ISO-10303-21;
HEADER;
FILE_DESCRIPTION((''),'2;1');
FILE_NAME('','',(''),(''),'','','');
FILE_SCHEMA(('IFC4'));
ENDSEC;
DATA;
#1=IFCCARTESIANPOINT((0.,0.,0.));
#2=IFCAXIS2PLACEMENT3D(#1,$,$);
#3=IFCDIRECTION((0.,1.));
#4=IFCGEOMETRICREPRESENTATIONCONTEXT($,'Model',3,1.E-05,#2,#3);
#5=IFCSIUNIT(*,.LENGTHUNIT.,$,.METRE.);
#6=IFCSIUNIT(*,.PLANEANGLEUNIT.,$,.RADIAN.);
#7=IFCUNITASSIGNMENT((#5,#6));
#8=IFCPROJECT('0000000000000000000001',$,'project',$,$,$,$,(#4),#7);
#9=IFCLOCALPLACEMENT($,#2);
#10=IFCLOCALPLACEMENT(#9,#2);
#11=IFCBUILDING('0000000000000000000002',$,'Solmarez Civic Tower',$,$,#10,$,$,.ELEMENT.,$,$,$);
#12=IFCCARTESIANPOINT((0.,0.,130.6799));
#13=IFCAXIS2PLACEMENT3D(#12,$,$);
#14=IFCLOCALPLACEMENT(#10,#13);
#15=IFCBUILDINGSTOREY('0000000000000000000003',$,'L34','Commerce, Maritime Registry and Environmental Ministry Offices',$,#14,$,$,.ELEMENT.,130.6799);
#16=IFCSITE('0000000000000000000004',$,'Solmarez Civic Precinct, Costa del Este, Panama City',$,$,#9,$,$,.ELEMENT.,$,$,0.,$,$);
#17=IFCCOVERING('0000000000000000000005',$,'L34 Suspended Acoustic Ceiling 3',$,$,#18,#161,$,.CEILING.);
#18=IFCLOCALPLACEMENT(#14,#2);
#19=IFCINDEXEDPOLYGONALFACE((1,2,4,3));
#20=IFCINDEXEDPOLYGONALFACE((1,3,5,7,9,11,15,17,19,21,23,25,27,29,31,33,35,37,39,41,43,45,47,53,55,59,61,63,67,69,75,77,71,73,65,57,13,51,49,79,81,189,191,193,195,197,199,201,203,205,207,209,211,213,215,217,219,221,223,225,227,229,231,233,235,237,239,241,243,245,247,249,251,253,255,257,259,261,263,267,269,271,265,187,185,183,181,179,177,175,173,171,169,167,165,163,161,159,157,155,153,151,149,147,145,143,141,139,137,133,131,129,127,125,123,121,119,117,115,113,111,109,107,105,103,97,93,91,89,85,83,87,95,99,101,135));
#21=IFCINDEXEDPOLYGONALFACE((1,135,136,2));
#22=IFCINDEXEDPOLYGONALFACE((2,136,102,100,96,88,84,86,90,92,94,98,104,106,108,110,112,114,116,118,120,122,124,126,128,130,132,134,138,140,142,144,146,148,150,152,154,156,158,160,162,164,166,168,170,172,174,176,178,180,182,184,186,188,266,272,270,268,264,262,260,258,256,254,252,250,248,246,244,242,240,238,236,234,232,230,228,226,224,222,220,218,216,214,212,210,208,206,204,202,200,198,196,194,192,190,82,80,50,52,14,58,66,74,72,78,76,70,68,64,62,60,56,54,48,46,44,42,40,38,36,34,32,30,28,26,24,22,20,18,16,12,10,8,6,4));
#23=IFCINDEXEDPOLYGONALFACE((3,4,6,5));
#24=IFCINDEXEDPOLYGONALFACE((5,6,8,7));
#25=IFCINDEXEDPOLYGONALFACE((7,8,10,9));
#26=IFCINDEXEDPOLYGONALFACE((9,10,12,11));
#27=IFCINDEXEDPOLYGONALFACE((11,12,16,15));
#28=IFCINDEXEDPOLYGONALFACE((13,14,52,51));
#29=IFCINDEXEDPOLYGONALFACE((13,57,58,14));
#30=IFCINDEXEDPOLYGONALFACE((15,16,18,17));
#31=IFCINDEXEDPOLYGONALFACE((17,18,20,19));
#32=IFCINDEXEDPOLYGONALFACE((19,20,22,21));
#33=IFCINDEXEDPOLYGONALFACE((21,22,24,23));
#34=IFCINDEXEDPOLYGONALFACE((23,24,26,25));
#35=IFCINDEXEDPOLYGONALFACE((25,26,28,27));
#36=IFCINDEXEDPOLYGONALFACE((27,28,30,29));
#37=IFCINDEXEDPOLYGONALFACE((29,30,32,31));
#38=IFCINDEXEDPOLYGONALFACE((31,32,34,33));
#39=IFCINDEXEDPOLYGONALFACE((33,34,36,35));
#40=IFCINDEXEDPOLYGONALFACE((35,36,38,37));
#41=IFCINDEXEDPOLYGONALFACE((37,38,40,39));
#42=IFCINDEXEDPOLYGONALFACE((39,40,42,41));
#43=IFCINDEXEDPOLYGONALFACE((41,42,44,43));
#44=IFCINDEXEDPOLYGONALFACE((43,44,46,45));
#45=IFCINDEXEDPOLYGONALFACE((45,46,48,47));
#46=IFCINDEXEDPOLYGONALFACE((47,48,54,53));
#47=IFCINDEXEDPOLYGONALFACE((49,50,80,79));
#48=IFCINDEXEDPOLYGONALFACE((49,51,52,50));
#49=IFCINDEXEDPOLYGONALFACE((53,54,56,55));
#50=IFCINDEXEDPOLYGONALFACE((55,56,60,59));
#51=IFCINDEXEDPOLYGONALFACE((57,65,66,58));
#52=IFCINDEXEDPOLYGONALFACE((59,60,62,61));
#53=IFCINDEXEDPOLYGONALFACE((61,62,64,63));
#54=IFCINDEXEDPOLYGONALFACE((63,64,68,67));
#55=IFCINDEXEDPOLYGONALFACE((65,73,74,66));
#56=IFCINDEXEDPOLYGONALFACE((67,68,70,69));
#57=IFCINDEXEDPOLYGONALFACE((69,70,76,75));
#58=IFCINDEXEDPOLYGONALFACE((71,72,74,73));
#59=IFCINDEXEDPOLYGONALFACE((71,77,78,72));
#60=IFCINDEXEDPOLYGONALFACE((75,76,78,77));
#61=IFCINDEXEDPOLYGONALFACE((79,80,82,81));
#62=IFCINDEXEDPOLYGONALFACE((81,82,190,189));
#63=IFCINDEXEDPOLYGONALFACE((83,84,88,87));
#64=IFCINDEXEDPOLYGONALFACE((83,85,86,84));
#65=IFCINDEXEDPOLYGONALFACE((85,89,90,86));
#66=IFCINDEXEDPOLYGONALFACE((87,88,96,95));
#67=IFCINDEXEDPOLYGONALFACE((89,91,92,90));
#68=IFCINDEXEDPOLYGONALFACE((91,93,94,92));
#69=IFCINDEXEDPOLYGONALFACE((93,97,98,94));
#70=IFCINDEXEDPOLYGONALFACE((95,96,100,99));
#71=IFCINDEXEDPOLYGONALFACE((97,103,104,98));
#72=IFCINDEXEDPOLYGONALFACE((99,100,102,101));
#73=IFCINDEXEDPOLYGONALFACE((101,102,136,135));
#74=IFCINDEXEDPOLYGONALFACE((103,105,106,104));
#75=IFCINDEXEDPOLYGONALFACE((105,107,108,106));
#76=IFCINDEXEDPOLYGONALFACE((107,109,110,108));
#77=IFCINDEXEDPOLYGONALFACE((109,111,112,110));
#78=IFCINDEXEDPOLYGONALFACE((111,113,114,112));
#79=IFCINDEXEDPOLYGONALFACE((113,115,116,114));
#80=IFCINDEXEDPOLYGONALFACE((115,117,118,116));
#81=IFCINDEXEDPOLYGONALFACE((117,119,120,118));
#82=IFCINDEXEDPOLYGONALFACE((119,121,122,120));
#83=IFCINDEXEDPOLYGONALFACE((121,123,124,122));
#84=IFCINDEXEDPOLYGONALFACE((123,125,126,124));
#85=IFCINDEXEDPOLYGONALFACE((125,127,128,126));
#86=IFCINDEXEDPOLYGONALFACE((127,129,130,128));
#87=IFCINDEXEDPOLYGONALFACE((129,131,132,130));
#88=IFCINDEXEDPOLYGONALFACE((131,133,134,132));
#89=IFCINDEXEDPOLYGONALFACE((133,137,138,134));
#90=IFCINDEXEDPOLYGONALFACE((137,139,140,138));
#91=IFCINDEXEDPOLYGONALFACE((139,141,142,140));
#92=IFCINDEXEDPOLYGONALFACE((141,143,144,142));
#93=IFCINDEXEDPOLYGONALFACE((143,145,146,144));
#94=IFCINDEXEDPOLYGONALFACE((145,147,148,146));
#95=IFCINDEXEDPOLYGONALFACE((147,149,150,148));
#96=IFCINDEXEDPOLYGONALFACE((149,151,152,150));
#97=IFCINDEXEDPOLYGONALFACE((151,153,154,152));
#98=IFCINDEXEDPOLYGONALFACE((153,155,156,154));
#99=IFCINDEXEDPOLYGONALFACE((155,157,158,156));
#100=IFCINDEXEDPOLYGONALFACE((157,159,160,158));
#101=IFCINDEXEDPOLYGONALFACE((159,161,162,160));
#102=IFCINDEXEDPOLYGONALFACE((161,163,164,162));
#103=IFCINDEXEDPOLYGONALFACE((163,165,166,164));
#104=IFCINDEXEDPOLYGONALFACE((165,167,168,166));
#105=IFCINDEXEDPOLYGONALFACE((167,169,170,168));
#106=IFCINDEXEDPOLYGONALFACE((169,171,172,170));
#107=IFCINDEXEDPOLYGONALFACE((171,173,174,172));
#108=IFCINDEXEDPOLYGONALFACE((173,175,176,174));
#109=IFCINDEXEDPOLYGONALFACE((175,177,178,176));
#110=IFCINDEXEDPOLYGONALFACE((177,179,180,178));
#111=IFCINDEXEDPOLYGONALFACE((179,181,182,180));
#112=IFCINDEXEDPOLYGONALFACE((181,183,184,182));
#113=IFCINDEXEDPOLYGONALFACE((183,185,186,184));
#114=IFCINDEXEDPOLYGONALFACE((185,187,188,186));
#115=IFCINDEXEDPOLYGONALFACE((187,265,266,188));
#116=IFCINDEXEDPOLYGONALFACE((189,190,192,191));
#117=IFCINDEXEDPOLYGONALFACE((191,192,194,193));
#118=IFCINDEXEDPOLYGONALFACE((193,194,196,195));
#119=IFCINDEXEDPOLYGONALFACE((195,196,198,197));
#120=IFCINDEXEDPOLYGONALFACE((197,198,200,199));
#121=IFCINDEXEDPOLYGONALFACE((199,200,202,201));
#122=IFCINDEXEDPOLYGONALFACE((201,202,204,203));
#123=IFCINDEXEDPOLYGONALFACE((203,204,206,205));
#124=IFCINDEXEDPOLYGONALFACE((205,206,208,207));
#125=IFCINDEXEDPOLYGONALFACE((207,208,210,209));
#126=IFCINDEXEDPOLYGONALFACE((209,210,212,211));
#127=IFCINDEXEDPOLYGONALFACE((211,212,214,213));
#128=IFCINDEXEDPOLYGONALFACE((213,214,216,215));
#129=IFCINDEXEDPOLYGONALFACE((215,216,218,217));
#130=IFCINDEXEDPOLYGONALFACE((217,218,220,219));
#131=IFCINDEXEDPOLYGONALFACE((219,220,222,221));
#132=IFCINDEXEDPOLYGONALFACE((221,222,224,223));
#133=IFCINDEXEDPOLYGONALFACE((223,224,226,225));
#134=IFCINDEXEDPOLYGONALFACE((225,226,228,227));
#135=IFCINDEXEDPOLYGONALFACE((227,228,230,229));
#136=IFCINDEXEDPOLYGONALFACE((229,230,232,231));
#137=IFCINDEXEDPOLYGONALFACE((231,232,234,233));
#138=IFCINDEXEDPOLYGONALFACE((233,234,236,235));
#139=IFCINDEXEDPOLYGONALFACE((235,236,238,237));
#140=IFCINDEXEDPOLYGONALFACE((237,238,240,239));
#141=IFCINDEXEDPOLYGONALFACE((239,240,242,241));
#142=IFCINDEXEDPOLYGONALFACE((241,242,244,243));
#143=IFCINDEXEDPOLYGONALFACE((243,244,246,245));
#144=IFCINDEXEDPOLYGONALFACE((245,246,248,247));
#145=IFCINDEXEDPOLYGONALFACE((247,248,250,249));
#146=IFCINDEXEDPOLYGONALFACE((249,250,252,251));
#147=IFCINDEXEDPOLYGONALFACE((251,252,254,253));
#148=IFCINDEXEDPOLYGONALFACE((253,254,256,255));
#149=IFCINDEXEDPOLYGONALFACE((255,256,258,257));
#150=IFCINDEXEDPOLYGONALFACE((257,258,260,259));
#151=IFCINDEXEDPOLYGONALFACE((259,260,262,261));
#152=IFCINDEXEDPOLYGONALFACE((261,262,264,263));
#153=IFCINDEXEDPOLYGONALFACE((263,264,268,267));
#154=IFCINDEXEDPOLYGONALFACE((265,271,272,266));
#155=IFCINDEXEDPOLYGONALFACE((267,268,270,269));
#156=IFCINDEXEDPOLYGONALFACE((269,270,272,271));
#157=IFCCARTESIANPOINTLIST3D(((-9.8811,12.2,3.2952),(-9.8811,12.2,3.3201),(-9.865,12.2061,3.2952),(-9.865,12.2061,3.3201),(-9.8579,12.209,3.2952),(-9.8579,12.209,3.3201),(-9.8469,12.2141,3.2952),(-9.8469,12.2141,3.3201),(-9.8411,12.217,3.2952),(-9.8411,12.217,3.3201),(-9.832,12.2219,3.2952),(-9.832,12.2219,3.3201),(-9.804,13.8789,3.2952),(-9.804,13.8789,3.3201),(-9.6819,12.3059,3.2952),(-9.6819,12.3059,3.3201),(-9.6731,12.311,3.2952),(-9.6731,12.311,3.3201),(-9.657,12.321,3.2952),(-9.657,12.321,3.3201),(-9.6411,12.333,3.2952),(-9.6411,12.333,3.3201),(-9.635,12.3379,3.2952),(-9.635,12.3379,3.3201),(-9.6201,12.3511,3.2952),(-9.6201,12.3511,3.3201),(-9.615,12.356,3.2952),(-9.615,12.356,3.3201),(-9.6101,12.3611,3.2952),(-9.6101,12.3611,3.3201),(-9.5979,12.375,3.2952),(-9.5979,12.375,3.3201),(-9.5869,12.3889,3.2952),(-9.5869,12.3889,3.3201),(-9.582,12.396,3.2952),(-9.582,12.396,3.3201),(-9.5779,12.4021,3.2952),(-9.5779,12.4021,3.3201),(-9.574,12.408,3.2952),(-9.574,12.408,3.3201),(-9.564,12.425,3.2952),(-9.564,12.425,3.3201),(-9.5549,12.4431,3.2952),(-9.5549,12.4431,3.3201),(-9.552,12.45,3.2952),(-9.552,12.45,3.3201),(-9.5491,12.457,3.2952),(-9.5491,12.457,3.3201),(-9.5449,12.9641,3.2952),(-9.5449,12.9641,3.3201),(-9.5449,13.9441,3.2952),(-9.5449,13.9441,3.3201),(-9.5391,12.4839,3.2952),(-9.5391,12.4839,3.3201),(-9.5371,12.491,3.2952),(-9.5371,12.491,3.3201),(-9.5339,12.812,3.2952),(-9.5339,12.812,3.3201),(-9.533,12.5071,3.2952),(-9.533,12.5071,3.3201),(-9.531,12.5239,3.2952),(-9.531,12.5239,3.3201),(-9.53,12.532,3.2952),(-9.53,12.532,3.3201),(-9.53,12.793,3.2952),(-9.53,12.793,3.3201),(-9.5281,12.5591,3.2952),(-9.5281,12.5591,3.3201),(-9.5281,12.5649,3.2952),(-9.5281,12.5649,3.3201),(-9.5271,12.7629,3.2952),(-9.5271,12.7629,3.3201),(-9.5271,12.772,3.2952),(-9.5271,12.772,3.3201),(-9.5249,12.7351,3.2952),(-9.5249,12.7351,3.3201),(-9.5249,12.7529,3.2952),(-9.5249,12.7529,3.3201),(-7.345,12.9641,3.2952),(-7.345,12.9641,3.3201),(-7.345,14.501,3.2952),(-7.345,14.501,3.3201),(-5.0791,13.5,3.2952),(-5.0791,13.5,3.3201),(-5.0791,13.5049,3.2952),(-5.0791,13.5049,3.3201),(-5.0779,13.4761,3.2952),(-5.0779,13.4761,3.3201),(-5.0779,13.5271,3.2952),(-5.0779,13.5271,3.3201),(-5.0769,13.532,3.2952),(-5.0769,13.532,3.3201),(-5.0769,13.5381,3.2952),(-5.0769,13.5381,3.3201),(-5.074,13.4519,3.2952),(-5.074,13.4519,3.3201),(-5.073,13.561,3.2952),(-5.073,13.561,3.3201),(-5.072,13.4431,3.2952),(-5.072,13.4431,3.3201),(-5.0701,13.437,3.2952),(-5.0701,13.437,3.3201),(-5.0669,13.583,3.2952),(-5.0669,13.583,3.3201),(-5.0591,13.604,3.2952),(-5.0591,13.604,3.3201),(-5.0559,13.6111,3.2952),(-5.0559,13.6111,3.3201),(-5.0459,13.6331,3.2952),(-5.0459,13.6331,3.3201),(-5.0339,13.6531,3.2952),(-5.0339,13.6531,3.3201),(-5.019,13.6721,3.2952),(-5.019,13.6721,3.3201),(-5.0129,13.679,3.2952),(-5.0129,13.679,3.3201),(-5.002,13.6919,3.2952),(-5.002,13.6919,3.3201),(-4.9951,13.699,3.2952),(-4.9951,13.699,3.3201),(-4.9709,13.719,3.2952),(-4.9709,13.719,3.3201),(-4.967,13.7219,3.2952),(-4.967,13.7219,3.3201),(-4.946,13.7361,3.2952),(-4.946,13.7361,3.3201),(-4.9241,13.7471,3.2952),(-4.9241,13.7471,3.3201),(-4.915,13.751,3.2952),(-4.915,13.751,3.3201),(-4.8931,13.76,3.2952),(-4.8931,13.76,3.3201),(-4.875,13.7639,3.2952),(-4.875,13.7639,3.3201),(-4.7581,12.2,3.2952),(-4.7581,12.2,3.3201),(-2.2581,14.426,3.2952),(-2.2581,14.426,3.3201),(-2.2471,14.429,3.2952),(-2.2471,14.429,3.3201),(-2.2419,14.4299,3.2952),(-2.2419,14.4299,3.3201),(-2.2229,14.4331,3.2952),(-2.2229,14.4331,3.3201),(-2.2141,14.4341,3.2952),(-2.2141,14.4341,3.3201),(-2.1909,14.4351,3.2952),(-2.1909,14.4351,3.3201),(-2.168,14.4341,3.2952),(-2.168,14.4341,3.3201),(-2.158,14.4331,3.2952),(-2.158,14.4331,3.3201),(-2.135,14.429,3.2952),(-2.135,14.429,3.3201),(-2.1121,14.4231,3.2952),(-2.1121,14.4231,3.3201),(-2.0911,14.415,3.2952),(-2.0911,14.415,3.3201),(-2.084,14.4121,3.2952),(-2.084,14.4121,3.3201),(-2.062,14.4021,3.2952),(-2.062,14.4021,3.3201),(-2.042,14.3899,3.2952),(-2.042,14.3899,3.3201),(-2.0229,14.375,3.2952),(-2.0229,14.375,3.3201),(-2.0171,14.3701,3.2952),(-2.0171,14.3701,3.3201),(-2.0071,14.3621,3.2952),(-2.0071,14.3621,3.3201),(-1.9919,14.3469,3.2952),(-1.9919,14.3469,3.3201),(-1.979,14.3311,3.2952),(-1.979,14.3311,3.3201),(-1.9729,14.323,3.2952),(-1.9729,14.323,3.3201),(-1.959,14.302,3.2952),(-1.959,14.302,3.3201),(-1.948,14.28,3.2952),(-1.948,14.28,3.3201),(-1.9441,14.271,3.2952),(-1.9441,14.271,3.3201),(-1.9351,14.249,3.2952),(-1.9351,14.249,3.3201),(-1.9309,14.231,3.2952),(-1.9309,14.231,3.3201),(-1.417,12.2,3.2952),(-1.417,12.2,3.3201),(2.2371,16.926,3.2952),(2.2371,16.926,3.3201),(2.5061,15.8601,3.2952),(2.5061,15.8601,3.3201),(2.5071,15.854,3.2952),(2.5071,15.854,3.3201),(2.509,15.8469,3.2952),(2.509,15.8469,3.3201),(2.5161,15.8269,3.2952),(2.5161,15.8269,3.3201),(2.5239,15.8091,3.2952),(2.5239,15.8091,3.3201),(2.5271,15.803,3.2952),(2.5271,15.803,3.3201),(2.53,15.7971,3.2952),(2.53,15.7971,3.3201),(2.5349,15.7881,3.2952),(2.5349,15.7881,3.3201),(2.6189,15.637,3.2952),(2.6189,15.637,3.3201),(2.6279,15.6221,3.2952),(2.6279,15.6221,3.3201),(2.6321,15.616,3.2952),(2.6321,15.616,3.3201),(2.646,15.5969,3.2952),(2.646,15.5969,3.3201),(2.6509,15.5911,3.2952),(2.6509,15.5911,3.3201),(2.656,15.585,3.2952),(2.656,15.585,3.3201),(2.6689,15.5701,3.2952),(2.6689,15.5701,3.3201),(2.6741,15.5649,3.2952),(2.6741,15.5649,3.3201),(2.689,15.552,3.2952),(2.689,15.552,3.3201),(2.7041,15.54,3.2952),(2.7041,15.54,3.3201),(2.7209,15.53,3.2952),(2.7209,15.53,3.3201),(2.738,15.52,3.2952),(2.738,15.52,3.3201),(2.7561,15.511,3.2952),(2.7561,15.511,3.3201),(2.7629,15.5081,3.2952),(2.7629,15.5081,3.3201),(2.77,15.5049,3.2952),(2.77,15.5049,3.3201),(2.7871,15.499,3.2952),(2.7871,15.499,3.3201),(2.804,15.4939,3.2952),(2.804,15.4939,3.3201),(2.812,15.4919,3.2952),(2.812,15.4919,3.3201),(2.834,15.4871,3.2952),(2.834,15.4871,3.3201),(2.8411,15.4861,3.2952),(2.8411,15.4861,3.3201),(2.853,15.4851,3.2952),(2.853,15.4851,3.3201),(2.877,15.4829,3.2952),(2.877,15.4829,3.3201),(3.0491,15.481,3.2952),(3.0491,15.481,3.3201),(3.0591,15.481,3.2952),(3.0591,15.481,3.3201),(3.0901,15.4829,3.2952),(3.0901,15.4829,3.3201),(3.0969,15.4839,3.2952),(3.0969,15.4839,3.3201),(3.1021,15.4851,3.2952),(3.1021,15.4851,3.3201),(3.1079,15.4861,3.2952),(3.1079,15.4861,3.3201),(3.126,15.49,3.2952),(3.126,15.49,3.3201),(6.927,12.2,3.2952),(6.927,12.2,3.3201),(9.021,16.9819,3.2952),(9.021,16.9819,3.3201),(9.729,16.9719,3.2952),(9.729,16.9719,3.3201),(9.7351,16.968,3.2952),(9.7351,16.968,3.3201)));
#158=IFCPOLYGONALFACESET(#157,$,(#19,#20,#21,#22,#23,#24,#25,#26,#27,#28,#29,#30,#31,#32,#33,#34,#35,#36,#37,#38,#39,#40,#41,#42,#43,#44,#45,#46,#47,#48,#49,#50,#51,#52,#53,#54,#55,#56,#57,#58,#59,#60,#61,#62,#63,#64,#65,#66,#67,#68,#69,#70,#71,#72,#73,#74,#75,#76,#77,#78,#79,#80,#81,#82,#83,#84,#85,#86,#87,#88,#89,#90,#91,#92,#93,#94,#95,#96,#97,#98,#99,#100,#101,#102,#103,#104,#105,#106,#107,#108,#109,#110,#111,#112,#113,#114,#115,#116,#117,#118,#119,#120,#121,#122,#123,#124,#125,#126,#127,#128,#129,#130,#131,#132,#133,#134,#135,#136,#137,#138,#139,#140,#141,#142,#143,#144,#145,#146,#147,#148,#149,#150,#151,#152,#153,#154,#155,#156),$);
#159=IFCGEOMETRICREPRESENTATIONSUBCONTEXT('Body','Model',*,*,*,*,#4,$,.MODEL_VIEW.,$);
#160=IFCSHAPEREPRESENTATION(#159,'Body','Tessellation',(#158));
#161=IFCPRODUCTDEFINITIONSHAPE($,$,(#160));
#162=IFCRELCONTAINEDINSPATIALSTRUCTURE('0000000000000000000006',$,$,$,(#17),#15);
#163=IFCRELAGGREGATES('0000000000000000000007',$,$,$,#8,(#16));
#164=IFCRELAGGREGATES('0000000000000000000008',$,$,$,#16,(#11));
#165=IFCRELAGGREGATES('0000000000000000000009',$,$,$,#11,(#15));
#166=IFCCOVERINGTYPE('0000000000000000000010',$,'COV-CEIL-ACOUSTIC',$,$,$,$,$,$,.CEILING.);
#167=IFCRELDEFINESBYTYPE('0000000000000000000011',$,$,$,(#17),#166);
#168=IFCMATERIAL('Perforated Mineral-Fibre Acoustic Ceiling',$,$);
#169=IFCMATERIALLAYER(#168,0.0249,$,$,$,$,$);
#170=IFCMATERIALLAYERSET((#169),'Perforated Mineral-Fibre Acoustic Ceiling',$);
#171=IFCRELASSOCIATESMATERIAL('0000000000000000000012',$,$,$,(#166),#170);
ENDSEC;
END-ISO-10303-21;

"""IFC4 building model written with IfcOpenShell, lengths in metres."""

from ifc_helpers import new_model, si_unit, direction, frame, origin, place, context, subcontext, project, spatial, polyline, outline, extrude, material, layer, layer_set, type_object, element, save


model = new_model("IFC4")

# Units and contexts
model_context = context("Model", 3, precision=1e-05, world=origin(), true_north=direction((0.0, 1.0)))
body_context = subcontext(model_context, "Body", "Model", "MODEL_VIEW")
ifc_project = project(units=[si_unit("LENGTHUNIT", "METRE"), si_unit("PLANEANGLEUNIT", "RADIAN")], contexts=[model_context])

# Site, building, storey
site_placement = place(None, origin())
site = spatial("IfcSite", under=ifc_project, at=site_placement, Name="Solmarez Civic Precinct, Costa del Este, Panama City", CompositionType="ELEMENT", RefElevation=0.0)
building_placement = place(site_placement, origin())
building = spatial("IfcBuilding", under=site, at=building_placement, Name="Solmarez Civic Tower", CompositionType="ELEMENT")
storey_placement = place(building_placement, frame((0.0, 0.0, 130.6799)))
storey = spatial("IfcBuildingStorey", under=building, at=storey_placement, Name="L34", Description="Commerce, Maritime Registry and Environmental Ministry Offices", CompositionType="ELEMENT", Elevation=130.6799)

# Covering
ifc_material_1 = material(Name="Perforated Mineral-Fibre Acoustic Ceiling")
ifc_layer_1 = layer(ifc_material_1, 0.0249)
ifc_layer_set_1 = layer_set([ifc_layer_1], Name="Perforated Mineral-Fibre Acoustic Ceiling")
covering_type_1 = type_object("IfcCoveringType", Name="COV-CEIL-ACOUSTIC", PredefinedType="CEILING", material=ifc_layer_set_1)
covering_1_placement = place(storey_placement, frame((0.0, 0.0, 3.2952)))
element("IfcCovering", 1, at=covering_1_placement, inside=storey, type_object=covering_type_1, Name="L34 Suspended Acoustic Ceiling 3", PredefinedType="CEILING", context=body_context, shape_type="SweptSolid", body=[
    extrude(outline(polyline([(-9.804, 13.8789), (-9.5339, 12.812), (-9.53, 12.793), (-9.5271, 12.772), (-9.5271, 12.7629), (-9.5249, 12.7529), (-9.5249, 12.7351), (-9.5281, 12.5649), (-9.5281, 12.5591), (-9.53, 12.532), (-9.531, 12.5239), (-9.533, 12.5071), (-9.5371, 12.491), (-9.5391, 12.4839), (-9.5491, 12.457), (-9.552, 12.45), (-9.5549, 12.4431), (-9.564, 12.425), (-9.574, 12.408), (-9.5779, 12.4021), (-9.582, 12.396), (-9.5869, 12.3889), (-9.5979, 12.375), (-9.6101, 12.3611), (-9.615, 12.356), (-9.6201, 12.3511), (-9.635, 12.3379), (-9.6411, 12.333), (-9.657, 12.321), (-9.6731, 12.311), (-9.6819, 12.3059), (-9.832, 12.2219), (-9.8411, 12.217), (-9.8469, 12.2141), (-9.8579, 12.209), (-9.865, 12.2061), (-9.8811, 12.2), (-4.7581, 12.2), (-5.0701, 13.437), (-5.072, 13.4431), (-5.074, 13.4519), (-5.0779, 13.4761), (-5.0791, 13.5), (-5.0791, 13.5049), (-5.0779, 13.5271), (-5.0769, 13.532), (-5.0769, 13.5381), (-5.073, 13.561), (-5.0669, 13.583), (-5.0591, 13.604), (-5.0559, 13.6111), (-5.0459, 13.6331), (-5.0339, 13.6531), (-5.019, 13.6721), (-5.0129, 13.679), (-5.002, 13.6919), (-4.9951, 13.699), (-4.9709, 13.719), (-4.967, 13.7219), (-4.946, 13.7361), (-4.9241, 13.7471), (-4.915, 13.751), (-4.8931, 13.76), (-4.875, 13.7639), (-2.2581, 14.426), (-2.2471, 14.429), (-2.2419, 14.4299), (-2.2229, 14.4331), (-2.2141, 14.4341), (-2.1909, 14.4351), (-2.168, 14.4341), (-2.158, 14.4331), (-2.135, 14.429), (-2.1121, 14.4231), (-2.0911, 14.415), (-2.084, 14.4121), (-2.062, 14.4021), (-2.042, 14.3899), (-2.0229, 14.375), (-2.0171, 14.3701), (-2.0071, 14.3621), (-1.9919, 14.3469), (-1.979, 14.3311), (-1.9729, 14.323), (-1.959, 14.302), (-1.948, 14.28), (-1.9441, 14.271), (-1.9351, 14.249), (-1.9309, 14.231), (-1.417, 12.2), (6.927, 12.2), (9.7351, 16.968), (9.729, 16.9719), (9.021, 16.9819), (3.126, 15.49), (3.1079, 15.4861), (3.1021, 15.4851), (3.0969, 15.4839), (3.0901, 15.4829), (3.0591, 15.481), (3.0491, 15.481), (2.877, 15.4829), (2.853, 15.4851), (2.8411, 15.4861), (2.834, 15.4871), (2.812, 15.4919), (2.804, 15.4939), (2.7871, 15.499), (2.77, 15.5049), (2.7629, 15.5081), (2.7561, 15.511), (2.738, 15.52), (2.7209, 15.53), (2.7041, 15.54), (2.689, 15.552), (2.6741, 15.5649), (2.6689, 15.5701), (2.656, 15.585), (2.6509, 15.5911), (2.646, 15.5969), (2.6321, 15.616), (2.6279, 15.6221), (2.6189, 15.637), (2.5349, 15.7881), (2.53, 15.7971), (2.5271, 15.803), (2.5239, 15.8091), (2.5161, 15.8269), (2.509, 15.8469), (2.5071, 15.854), (2.5061, 15.8601), (2.2371, 16.926), (-7.345, 14.501), (-7.345, 12.9641), (-9.5449, 12.9641), (-9.5449, 13.9441), (-9.804, 13.8789)])), origin(), (0.0, 0.0, 1.0), 0.0249),
])

save(model, "model.ifc")
